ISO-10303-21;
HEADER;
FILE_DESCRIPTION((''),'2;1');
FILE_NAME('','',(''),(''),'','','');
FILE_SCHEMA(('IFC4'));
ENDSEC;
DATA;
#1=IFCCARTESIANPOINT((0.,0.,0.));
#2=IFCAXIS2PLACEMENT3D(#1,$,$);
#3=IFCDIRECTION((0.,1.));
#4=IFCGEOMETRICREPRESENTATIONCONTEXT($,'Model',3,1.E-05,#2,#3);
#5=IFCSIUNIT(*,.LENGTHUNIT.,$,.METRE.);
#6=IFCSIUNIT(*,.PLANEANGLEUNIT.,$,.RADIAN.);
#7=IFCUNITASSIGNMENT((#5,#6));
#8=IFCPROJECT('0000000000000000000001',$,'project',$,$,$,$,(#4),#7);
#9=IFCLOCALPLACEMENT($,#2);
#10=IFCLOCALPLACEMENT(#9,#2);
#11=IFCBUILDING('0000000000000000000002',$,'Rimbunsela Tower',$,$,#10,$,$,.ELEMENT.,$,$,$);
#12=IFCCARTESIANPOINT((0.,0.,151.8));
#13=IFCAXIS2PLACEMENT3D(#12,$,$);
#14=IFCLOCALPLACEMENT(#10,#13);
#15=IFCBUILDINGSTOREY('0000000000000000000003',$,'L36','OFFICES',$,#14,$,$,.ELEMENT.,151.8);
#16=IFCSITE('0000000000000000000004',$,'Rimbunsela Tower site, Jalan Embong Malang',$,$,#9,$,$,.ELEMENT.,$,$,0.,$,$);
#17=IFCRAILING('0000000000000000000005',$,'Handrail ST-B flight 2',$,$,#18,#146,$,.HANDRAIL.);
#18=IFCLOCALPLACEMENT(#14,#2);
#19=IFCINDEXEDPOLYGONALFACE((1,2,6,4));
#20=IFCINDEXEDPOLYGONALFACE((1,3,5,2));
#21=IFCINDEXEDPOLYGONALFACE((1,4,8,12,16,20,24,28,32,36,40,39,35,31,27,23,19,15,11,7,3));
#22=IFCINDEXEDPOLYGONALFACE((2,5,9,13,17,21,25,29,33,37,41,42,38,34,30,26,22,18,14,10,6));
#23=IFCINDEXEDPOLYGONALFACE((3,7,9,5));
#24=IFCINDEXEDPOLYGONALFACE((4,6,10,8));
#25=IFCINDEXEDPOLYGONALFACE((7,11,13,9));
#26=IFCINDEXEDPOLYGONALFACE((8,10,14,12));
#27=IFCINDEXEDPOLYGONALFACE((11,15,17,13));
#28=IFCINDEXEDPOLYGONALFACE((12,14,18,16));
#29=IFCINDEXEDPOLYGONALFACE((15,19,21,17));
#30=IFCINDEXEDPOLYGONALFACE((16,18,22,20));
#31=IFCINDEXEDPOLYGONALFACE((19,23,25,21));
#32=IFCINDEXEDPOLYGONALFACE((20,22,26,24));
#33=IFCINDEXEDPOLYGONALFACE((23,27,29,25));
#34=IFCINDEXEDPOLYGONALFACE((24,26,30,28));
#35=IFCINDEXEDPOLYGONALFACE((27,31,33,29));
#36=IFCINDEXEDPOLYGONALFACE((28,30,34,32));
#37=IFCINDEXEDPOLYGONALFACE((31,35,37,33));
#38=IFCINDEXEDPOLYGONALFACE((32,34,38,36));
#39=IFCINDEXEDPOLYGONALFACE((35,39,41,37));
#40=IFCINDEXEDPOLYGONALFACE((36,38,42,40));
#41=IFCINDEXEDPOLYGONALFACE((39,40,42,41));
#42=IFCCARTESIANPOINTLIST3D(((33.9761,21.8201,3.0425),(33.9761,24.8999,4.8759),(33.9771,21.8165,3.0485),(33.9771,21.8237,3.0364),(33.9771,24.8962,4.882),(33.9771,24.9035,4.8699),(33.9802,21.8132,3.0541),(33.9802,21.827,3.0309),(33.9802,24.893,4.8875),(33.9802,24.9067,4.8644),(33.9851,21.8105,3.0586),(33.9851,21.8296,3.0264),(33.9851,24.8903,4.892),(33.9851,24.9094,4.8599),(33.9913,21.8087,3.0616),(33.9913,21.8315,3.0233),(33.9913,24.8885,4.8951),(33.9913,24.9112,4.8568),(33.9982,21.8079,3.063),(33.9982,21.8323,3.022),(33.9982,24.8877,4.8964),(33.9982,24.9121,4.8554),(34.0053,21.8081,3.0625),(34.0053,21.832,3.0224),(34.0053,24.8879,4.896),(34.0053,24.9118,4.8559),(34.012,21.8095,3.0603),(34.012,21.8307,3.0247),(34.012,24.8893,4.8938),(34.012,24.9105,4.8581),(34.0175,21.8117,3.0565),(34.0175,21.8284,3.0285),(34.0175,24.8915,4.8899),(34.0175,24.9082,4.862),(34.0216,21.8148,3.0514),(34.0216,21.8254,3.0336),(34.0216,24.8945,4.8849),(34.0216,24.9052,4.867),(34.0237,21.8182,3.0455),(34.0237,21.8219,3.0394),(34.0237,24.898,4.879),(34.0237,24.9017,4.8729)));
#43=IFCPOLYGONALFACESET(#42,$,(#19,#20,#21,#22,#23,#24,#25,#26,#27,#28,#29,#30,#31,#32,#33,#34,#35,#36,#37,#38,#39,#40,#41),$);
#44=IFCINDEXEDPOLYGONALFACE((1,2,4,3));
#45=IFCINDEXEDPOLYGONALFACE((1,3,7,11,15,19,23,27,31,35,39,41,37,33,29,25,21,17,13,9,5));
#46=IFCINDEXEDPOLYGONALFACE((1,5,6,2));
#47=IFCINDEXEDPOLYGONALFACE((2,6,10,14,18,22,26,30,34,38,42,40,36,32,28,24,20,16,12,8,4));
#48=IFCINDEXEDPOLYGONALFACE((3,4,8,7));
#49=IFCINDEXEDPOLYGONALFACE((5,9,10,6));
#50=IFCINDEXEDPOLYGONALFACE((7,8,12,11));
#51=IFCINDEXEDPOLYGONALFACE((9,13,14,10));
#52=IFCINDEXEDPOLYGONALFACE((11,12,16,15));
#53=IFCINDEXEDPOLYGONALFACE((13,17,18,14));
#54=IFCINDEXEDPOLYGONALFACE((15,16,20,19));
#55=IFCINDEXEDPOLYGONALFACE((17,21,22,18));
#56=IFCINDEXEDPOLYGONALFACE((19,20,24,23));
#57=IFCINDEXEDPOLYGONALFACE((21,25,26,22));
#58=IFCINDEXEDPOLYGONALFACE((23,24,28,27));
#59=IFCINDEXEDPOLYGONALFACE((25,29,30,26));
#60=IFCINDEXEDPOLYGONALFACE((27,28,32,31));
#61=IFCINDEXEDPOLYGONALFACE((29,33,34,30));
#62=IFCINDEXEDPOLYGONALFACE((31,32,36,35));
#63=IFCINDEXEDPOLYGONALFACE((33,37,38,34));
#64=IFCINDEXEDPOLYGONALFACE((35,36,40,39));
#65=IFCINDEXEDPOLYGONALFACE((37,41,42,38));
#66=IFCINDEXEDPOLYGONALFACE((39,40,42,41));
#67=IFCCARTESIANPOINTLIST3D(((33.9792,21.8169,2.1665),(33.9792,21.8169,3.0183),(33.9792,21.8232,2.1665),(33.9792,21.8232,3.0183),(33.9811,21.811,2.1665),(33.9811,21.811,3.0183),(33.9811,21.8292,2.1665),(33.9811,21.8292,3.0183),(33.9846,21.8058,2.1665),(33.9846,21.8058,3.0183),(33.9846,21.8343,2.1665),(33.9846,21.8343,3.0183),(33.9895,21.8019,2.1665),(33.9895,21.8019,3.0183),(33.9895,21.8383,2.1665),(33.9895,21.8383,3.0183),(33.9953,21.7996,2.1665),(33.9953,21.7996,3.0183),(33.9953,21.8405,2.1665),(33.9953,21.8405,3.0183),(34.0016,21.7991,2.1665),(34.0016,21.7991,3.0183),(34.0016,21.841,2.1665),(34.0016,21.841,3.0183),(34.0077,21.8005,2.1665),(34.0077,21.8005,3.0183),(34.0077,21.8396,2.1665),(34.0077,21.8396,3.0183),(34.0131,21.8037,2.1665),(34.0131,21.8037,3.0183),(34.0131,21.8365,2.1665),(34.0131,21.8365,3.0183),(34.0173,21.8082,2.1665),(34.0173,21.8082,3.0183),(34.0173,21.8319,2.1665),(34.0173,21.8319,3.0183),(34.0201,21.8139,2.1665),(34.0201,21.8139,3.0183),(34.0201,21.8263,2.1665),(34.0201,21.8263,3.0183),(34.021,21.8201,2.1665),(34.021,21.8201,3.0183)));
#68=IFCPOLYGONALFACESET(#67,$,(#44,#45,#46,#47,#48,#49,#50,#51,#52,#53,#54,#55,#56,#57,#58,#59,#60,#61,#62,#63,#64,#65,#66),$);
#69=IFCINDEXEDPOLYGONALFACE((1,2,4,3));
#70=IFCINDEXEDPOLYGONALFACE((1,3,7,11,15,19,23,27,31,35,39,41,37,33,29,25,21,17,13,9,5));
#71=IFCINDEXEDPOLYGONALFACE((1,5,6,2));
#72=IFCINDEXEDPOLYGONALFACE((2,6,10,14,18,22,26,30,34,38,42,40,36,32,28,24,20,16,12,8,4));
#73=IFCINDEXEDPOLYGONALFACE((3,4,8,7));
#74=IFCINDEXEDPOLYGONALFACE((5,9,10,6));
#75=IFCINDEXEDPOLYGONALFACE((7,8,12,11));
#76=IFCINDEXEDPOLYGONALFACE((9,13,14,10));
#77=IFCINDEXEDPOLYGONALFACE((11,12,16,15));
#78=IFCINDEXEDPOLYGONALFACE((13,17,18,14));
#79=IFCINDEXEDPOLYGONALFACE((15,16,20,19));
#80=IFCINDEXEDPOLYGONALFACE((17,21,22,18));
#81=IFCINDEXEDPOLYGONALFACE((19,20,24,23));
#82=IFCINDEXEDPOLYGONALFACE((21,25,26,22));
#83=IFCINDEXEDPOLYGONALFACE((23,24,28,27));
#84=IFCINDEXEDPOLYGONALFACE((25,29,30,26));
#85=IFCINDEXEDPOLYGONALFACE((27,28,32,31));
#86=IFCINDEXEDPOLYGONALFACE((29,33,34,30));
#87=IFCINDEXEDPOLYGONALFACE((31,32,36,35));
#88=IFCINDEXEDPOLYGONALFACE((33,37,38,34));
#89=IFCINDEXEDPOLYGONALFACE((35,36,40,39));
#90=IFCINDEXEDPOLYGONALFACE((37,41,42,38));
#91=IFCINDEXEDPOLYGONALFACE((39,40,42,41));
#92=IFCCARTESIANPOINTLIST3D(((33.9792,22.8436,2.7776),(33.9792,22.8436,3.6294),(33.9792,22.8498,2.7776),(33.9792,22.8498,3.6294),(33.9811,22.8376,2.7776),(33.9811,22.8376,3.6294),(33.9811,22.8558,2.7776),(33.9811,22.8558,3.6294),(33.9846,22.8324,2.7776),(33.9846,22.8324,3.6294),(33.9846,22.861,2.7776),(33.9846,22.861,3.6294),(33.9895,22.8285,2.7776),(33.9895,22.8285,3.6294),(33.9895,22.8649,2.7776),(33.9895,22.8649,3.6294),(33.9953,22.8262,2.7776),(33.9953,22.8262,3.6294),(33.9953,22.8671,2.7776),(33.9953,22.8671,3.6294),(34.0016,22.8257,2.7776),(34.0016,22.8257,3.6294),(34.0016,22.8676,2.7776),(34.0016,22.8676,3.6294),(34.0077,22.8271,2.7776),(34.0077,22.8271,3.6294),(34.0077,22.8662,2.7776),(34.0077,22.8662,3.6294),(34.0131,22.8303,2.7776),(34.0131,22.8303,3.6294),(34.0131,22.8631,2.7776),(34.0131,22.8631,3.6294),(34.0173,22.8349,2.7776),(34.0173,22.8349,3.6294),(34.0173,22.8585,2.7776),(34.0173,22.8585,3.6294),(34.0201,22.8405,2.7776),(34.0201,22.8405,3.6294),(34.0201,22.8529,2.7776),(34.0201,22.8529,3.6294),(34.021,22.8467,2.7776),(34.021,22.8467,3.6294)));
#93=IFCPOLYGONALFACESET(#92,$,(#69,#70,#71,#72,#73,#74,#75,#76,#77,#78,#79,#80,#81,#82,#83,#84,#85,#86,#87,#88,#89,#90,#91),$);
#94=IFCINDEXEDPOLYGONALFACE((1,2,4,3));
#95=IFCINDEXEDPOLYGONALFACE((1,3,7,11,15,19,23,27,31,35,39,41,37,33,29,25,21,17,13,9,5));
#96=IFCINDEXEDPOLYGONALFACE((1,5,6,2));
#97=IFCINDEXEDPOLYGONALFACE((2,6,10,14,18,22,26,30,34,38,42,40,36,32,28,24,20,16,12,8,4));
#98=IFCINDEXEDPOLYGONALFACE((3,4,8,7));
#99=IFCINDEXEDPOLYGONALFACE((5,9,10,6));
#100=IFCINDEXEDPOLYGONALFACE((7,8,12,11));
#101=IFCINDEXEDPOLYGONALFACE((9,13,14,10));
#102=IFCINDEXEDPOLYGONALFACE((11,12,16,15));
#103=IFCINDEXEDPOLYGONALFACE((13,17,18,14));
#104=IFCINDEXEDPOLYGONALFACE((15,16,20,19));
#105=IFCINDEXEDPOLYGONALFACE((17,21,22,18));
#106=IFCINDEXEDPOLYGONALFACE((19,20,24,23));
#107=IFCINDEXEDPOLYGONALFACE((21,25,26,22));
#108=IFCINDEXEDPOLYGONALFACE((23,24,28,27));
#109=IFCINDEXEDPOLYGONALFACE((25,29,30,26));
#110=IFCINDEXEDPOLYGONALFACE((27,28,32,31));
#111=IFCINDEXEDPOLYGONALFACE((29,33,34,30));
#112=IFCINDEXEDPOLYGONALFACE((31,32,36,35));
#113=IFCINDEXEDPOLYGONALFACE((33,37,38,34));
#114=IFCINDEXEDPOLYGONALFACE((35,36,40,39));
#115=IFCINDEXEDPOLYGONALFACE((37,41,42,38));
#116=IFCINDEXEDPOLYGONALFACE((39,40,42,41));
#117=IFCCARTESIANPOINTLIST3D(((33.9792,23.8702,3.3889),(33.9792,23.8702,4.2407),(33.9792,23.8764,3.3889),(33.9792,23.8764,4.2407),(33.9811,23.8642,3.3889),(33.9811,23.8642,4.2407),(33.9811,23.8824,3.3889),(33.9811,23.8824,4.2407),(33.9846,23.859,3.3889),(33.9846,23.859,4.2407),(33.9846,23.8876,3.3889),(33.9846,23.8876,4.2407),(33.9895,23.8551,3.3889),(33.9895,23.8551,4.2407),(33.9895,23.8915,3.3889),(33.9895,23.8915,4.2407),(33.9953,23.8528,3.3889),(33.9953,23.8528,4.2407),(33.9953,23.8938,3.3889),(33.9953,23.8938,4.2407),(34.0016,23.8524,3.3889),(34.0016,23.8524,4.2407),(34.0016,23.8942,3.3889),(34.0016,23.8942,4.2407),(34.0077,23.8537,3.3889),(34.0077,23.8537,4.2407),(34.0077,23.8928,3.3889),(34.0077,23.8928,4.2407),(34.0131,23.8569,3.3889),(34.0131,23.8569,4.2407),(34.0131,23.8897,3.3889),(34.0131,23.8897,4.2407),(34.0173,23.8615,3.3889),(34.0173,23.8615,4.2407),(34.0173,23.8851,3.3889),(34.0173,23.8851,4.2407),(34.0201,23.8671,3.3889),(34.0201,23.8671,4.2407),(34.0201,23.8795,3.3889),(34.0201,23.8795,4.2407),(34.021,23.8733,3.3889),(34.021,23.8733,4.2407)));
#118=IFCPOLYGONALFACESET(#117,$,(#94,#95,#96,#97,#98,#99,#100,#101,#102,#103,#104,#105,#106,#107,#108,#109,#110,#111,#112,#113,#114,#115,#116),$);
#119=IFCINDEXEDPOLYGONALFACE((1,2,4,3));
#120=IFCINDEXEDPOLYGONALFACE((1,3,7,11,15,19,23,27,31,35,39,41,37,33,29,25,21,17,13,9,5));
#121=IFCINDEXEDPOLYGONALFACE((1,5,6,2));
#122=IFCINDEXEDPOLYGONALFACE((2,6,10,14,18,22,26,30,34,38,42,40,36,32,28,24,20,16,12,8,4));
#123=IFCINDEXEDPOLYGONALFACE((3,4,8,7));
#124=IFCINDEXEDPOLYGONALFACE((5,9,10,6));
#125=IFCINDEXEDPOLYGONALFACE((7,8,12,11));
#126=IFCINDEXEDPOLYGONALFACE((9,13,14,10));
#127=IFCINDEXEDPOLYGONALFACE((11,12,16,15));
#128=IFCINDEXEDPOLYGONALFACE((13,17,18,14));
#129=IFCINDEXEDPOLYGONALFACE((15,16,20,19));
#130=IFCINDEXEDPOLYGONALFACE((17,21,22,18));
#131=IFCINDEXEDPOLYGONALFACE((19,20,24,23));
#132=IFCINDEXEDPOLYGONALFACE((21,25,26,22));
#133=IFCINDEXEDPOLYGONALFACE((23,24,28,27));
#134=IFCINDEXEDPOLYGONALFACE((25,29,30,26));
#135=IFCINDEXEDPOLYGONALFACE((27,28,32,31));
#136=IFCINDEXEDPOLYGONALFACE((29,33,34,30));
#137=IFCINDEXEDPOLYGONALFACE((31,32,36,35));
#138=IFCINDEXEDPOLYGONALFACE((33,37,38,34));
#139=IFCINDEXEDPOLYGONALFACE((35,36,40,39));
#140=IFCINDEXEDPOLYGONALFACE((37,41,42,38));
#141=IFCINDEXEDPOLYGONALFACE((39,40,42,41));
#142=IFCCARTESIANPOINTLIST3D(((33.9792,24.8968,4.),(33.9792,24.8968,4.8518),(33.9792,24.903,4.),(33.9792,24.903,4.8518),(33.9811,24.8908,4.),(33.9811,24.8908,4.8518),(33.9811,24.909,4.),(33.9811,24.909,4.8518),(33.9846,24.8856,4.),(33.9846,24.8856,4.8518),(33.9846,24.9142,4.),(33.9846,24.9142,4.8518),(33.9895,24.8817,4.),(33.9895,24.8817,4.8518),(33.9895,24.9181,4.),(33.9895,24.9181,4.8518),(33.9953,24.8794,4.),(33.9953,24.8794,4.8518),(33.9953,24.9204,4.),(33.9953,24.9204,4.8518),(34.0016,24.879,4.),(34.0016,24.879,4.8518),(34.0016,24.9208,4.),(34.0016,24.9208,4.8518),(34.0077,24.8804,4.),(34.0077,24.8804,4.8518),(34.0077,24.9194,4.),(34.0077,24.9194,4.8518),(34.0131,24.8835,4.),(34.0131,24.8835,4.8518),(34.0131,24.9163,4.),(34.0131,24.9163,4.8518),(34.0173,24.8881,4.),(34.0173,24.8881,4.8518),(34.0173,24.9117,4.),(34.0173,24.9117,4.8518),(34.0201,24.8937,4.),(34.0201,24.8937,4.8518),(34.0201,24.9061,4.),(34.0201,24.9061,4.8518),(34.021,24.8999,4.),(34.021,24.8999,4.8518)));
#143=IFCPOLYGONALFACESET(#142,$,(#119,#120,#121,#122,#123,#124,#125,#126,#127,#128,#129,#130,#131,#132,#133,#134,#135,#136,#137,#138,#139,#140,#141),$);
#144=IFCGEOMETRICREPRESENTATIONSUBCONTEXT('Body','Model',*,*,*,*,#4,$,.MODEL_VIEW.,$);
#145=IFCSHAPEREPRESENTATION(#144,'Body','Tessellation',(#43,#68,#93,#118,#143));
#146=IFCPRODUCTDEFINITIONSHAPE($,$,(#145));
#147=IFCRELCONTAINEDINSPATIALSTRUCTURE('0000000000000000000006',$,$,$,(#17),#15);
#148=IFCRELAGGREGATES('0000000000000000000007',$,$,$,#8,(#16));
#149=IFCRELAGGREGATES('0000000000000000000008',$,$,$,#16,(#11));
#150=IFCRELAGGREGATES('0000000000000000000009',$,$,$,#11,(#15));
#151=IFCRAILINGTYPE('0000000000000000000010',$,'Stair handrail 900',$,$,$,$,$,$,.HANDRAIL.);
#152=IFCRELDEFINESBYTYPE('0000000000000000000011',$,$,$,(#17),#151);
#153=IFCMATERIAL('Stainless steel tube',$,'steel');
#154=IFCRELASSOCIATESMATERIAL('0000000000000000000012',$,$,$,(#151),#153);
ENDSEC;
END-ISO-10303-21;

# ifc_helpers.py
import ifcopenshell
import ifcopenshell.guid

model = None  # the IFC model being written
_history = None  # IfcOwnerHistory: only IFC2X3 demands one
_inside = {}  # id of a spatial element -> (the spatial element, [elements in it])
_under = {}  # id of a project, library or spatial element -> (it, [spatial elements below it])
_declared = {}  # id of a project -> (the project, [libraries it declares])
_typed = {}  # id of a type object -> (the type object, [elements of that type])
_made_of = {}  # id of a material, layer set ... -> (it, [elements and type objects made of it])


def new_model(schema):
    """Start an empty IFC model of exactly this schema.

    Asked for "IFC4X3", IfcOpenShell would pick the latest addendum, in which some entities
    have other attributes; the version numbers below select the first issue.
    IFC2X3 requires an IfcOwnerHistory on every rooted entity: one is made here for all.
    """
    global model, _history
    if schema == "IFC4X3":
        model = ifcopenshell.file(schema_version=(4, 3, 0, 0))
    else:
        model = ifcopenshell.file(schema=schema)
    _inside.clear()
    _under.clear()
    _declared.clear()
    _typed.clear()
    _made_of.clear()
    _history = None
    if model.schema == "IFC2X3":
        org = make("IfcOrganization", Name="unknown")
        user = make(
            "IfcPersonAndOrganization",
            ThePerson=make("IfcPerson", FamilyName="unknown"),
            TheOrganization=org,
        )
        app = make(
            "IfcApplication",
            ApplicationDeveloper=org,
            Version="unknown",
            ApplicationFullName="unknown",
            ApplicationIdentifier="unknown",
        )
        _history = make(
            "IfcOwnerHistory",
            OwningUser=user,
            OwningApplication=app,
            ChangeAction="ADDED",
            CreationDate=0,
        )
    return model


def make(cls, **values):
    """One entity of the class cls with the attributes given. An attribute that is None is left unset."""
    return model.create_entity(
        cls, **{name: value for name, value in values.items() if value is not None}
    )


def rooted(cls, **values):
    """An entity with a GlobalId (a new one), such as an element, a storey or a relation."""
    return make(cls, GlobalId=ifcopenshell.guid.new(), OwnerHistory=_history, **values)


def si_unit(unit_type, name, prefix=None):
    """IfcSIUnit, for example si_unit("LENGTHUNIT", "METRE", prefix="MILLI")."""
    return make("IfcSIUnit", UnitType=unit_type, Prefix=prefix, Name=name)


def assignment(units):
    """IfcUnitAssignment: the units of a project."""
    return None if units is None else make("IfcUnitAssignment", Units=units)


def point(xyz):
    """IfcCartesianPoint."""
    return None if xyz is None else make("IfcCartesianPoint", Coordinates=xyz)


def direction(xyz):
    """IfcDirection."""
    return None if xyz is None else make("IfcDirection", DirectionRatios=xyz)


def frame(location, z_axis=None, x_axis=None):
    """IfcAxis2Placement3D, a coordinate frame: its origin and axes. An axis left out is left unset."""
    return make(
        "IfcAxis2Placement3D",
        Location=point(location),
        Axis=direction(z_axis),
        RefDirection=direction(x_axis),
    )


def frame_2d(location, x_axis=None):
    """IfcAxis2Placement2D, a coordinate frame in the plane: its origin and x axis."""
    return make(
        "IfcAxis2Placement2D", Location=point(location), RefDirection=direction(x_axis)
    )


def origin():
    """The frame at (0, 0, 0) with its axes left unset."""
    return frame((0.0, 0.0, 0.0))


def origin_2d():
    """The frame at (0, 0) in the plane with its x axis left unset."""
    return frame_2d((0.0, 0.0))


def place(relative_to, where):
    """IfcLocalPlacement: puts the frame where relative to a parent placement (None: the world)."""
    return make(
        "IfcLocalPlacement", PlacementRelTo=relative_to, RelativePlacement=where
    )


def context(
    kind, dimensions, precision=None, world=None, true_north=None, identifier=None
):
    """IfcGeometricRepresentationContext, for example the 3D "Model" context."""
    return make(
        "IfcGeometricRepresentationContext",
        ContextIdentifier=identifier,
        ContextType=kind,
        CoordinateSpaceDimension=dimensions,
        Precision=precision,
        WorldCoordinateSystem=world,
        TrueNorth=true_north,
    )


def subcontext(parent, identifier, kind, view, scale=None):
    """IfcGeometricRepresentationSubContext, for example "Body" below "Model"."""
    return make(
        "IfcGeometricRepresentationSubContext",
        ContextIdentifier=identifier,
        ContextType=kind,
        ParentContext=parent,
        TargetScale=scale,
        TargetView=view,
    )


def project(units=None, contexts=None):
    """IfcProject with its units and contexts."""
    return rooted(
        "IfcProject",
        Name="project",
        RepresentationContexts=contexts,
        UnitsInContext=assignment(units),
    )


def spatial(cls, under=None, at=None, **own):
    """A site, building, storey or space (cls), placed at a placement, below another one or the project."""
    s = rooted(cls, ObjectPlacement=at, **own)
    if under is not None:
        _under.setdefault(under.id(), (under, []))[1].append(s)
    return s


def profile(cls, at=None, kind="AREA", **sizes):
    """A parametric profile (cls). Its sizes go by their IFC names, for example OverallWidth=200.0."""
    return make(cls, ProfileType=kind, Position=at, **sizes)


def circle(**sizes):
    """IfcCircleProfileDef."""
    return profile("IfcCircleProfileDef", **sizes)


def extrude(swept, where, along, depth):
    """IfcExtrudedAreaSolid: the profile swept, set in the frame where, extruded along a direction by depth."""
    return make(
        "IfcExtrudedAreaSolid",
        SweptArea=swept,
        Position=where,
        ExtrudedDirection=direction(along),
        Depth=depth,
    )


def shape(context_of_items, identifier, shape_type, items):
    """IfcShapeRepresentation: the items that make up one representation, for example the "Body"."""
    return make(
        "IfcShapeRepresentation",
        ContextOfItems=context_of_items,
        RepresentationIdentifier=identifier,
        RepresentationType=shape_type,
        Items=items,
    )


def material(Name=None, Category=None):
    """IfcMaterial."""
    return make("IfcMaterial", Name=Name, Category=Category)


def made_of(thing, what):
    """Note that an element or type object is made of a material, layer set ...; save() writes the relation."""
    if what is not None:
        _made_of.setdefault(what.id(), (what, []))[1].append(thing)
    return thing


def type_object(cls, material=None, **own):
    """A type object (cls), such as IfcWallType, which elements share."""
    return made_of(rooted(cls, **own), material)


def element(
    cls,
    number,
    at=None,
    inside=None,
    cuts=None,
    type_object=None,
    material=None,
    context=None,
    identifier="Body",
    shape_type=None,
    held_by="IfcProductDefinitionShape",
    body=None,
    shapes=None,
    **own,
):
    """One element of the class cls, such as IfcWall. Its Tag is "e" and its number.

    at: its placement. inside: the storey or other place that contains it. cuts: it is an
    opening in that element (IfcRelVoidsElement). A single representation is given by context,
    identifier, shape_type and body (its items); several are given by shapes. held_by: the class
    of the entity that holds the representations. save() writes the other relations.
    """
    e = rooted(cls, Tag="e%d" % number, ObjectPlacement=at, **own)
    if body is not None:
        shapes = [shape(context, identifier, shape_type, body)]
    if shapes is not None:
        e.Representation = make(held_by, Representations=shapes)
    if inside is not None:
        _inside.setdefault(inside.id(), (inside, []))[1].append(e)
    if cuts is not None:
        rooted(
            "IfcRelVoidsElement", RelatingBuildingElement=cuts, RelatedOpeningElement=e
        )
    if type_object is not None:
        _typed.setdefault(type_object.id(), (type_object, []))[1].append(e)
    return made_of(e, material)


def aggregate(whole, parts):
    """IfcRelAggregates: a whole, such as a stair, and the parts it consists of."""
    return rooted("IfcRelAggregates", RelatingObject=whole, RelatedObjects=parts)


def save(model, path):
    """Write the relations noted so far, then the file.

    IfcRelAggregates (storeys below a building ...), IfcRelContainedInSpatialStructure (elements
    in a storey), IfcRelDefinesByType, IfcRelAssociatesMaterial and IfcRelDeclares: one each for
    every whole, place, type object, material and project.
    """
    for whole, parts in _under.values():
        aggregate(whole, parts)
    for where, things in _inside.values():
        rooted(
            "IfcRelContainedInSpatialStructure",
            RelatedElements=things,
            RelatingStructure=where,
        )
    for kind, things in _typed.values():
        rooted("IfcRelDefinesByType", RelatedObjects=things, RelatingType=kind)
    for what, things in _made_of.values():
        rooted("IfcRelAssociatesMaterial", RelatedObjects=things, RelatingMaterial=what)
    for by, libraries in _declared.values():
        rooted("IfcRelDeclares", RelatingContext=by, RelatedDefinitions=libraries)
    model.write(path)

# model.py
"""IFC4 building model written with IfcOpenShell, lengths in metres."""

from ifc_helpers import new_model, si_unit, direction, frame, origin, origin_2d, place, context, subcontext, project, spatial, circle, extrude, material, type_object, element, save


model = new_model("IFC4")

# Units and contexts
model_context = context("Model", 3, precision=1e-05, world=origin(), true_north=direction((0.0, 1.0)))
body_context = subcontext(model_context, "Body", "Model", "MODEL_VIEW")
ifc_project = project(units=[si_unit("LENGTHUNIT", "METRE"), si_unit("PLANEANGLEUNIT", "RADIAN")], contexts=[model_context])

# Site, building, storey
site_placement = place(None, origin())
site = spatial("IfcSite", under=ifc_project, at=site_placement, Name="Rimbunsela Tower site, Jalan Embong Malang", CompositionType="ELEMENT", RefElevation=0.0)
building_placement = place(site_placement, origin())
building = spatial("IfcBuilding", under=site, at=building_placement, Name="Rimbunsela Tower", CompositionType="ELEMENT")
storey_placement = place(building_placement, frame((0.0, 0.0, 151.8)))
storey = spatial("IfcBuildingStorey", under=building, at=storey_placement, Name="L36", Description="OFFICES", CompositionType="ELEMENT", Elevation=151.8)

# Railing
ifc_material_1 = material(Name="Stainless steel tube", Category="steel")
railing_type = type_object("IfcRailingType", Name="Stair handrail 900", PredefinedType="HANDRAIL", material=ifc_material_1)
railing_1_placement = place(storey_placement, frame((34.0, 21.8201, 2.1665)))
element("IfcRailing", 1, at=railing_1_placement, inside=storey, type_object=railing_type, Name="Handrail ST-B flight 2", PredefinedType="HANDRAIL", context=body_context, shape_type="SweptSolid", body=[
    extrude(circle(Radius=0.0239, at=origin_2d()), frame((0.0, 0.0, 0.876), z_axis=(0.0, 0.859261, 0.511538), x_axis=(-1.0, 0.0, 0.0)), (0.0, 0.0, 1.0), 3.5842),
    extrude(circle(Radius=0.021, at=origin_2d()), origin(), (0.0, 0.0, 1.0), 0.8518),
    extrude(circle(Radius=0.021, at=origin_2d()), frame((0.0, 1.0266, 0.6111)), (0.0, 0.0, 1.0), 0.8518),
    extrude(circle(Radius=0.021, at=origin_2d()), frame((0.0, 2.0532, 1.2224)), (0.0, 0.0, 1.0), 0.8518),
    extrude(circle(Radius=0.021, at=origin_2d()), frame((0.0, 3.0798, 1.8335)), (0.0, 0.0, 1.0), 0.8518),
])

save(model, "model.ifc")
